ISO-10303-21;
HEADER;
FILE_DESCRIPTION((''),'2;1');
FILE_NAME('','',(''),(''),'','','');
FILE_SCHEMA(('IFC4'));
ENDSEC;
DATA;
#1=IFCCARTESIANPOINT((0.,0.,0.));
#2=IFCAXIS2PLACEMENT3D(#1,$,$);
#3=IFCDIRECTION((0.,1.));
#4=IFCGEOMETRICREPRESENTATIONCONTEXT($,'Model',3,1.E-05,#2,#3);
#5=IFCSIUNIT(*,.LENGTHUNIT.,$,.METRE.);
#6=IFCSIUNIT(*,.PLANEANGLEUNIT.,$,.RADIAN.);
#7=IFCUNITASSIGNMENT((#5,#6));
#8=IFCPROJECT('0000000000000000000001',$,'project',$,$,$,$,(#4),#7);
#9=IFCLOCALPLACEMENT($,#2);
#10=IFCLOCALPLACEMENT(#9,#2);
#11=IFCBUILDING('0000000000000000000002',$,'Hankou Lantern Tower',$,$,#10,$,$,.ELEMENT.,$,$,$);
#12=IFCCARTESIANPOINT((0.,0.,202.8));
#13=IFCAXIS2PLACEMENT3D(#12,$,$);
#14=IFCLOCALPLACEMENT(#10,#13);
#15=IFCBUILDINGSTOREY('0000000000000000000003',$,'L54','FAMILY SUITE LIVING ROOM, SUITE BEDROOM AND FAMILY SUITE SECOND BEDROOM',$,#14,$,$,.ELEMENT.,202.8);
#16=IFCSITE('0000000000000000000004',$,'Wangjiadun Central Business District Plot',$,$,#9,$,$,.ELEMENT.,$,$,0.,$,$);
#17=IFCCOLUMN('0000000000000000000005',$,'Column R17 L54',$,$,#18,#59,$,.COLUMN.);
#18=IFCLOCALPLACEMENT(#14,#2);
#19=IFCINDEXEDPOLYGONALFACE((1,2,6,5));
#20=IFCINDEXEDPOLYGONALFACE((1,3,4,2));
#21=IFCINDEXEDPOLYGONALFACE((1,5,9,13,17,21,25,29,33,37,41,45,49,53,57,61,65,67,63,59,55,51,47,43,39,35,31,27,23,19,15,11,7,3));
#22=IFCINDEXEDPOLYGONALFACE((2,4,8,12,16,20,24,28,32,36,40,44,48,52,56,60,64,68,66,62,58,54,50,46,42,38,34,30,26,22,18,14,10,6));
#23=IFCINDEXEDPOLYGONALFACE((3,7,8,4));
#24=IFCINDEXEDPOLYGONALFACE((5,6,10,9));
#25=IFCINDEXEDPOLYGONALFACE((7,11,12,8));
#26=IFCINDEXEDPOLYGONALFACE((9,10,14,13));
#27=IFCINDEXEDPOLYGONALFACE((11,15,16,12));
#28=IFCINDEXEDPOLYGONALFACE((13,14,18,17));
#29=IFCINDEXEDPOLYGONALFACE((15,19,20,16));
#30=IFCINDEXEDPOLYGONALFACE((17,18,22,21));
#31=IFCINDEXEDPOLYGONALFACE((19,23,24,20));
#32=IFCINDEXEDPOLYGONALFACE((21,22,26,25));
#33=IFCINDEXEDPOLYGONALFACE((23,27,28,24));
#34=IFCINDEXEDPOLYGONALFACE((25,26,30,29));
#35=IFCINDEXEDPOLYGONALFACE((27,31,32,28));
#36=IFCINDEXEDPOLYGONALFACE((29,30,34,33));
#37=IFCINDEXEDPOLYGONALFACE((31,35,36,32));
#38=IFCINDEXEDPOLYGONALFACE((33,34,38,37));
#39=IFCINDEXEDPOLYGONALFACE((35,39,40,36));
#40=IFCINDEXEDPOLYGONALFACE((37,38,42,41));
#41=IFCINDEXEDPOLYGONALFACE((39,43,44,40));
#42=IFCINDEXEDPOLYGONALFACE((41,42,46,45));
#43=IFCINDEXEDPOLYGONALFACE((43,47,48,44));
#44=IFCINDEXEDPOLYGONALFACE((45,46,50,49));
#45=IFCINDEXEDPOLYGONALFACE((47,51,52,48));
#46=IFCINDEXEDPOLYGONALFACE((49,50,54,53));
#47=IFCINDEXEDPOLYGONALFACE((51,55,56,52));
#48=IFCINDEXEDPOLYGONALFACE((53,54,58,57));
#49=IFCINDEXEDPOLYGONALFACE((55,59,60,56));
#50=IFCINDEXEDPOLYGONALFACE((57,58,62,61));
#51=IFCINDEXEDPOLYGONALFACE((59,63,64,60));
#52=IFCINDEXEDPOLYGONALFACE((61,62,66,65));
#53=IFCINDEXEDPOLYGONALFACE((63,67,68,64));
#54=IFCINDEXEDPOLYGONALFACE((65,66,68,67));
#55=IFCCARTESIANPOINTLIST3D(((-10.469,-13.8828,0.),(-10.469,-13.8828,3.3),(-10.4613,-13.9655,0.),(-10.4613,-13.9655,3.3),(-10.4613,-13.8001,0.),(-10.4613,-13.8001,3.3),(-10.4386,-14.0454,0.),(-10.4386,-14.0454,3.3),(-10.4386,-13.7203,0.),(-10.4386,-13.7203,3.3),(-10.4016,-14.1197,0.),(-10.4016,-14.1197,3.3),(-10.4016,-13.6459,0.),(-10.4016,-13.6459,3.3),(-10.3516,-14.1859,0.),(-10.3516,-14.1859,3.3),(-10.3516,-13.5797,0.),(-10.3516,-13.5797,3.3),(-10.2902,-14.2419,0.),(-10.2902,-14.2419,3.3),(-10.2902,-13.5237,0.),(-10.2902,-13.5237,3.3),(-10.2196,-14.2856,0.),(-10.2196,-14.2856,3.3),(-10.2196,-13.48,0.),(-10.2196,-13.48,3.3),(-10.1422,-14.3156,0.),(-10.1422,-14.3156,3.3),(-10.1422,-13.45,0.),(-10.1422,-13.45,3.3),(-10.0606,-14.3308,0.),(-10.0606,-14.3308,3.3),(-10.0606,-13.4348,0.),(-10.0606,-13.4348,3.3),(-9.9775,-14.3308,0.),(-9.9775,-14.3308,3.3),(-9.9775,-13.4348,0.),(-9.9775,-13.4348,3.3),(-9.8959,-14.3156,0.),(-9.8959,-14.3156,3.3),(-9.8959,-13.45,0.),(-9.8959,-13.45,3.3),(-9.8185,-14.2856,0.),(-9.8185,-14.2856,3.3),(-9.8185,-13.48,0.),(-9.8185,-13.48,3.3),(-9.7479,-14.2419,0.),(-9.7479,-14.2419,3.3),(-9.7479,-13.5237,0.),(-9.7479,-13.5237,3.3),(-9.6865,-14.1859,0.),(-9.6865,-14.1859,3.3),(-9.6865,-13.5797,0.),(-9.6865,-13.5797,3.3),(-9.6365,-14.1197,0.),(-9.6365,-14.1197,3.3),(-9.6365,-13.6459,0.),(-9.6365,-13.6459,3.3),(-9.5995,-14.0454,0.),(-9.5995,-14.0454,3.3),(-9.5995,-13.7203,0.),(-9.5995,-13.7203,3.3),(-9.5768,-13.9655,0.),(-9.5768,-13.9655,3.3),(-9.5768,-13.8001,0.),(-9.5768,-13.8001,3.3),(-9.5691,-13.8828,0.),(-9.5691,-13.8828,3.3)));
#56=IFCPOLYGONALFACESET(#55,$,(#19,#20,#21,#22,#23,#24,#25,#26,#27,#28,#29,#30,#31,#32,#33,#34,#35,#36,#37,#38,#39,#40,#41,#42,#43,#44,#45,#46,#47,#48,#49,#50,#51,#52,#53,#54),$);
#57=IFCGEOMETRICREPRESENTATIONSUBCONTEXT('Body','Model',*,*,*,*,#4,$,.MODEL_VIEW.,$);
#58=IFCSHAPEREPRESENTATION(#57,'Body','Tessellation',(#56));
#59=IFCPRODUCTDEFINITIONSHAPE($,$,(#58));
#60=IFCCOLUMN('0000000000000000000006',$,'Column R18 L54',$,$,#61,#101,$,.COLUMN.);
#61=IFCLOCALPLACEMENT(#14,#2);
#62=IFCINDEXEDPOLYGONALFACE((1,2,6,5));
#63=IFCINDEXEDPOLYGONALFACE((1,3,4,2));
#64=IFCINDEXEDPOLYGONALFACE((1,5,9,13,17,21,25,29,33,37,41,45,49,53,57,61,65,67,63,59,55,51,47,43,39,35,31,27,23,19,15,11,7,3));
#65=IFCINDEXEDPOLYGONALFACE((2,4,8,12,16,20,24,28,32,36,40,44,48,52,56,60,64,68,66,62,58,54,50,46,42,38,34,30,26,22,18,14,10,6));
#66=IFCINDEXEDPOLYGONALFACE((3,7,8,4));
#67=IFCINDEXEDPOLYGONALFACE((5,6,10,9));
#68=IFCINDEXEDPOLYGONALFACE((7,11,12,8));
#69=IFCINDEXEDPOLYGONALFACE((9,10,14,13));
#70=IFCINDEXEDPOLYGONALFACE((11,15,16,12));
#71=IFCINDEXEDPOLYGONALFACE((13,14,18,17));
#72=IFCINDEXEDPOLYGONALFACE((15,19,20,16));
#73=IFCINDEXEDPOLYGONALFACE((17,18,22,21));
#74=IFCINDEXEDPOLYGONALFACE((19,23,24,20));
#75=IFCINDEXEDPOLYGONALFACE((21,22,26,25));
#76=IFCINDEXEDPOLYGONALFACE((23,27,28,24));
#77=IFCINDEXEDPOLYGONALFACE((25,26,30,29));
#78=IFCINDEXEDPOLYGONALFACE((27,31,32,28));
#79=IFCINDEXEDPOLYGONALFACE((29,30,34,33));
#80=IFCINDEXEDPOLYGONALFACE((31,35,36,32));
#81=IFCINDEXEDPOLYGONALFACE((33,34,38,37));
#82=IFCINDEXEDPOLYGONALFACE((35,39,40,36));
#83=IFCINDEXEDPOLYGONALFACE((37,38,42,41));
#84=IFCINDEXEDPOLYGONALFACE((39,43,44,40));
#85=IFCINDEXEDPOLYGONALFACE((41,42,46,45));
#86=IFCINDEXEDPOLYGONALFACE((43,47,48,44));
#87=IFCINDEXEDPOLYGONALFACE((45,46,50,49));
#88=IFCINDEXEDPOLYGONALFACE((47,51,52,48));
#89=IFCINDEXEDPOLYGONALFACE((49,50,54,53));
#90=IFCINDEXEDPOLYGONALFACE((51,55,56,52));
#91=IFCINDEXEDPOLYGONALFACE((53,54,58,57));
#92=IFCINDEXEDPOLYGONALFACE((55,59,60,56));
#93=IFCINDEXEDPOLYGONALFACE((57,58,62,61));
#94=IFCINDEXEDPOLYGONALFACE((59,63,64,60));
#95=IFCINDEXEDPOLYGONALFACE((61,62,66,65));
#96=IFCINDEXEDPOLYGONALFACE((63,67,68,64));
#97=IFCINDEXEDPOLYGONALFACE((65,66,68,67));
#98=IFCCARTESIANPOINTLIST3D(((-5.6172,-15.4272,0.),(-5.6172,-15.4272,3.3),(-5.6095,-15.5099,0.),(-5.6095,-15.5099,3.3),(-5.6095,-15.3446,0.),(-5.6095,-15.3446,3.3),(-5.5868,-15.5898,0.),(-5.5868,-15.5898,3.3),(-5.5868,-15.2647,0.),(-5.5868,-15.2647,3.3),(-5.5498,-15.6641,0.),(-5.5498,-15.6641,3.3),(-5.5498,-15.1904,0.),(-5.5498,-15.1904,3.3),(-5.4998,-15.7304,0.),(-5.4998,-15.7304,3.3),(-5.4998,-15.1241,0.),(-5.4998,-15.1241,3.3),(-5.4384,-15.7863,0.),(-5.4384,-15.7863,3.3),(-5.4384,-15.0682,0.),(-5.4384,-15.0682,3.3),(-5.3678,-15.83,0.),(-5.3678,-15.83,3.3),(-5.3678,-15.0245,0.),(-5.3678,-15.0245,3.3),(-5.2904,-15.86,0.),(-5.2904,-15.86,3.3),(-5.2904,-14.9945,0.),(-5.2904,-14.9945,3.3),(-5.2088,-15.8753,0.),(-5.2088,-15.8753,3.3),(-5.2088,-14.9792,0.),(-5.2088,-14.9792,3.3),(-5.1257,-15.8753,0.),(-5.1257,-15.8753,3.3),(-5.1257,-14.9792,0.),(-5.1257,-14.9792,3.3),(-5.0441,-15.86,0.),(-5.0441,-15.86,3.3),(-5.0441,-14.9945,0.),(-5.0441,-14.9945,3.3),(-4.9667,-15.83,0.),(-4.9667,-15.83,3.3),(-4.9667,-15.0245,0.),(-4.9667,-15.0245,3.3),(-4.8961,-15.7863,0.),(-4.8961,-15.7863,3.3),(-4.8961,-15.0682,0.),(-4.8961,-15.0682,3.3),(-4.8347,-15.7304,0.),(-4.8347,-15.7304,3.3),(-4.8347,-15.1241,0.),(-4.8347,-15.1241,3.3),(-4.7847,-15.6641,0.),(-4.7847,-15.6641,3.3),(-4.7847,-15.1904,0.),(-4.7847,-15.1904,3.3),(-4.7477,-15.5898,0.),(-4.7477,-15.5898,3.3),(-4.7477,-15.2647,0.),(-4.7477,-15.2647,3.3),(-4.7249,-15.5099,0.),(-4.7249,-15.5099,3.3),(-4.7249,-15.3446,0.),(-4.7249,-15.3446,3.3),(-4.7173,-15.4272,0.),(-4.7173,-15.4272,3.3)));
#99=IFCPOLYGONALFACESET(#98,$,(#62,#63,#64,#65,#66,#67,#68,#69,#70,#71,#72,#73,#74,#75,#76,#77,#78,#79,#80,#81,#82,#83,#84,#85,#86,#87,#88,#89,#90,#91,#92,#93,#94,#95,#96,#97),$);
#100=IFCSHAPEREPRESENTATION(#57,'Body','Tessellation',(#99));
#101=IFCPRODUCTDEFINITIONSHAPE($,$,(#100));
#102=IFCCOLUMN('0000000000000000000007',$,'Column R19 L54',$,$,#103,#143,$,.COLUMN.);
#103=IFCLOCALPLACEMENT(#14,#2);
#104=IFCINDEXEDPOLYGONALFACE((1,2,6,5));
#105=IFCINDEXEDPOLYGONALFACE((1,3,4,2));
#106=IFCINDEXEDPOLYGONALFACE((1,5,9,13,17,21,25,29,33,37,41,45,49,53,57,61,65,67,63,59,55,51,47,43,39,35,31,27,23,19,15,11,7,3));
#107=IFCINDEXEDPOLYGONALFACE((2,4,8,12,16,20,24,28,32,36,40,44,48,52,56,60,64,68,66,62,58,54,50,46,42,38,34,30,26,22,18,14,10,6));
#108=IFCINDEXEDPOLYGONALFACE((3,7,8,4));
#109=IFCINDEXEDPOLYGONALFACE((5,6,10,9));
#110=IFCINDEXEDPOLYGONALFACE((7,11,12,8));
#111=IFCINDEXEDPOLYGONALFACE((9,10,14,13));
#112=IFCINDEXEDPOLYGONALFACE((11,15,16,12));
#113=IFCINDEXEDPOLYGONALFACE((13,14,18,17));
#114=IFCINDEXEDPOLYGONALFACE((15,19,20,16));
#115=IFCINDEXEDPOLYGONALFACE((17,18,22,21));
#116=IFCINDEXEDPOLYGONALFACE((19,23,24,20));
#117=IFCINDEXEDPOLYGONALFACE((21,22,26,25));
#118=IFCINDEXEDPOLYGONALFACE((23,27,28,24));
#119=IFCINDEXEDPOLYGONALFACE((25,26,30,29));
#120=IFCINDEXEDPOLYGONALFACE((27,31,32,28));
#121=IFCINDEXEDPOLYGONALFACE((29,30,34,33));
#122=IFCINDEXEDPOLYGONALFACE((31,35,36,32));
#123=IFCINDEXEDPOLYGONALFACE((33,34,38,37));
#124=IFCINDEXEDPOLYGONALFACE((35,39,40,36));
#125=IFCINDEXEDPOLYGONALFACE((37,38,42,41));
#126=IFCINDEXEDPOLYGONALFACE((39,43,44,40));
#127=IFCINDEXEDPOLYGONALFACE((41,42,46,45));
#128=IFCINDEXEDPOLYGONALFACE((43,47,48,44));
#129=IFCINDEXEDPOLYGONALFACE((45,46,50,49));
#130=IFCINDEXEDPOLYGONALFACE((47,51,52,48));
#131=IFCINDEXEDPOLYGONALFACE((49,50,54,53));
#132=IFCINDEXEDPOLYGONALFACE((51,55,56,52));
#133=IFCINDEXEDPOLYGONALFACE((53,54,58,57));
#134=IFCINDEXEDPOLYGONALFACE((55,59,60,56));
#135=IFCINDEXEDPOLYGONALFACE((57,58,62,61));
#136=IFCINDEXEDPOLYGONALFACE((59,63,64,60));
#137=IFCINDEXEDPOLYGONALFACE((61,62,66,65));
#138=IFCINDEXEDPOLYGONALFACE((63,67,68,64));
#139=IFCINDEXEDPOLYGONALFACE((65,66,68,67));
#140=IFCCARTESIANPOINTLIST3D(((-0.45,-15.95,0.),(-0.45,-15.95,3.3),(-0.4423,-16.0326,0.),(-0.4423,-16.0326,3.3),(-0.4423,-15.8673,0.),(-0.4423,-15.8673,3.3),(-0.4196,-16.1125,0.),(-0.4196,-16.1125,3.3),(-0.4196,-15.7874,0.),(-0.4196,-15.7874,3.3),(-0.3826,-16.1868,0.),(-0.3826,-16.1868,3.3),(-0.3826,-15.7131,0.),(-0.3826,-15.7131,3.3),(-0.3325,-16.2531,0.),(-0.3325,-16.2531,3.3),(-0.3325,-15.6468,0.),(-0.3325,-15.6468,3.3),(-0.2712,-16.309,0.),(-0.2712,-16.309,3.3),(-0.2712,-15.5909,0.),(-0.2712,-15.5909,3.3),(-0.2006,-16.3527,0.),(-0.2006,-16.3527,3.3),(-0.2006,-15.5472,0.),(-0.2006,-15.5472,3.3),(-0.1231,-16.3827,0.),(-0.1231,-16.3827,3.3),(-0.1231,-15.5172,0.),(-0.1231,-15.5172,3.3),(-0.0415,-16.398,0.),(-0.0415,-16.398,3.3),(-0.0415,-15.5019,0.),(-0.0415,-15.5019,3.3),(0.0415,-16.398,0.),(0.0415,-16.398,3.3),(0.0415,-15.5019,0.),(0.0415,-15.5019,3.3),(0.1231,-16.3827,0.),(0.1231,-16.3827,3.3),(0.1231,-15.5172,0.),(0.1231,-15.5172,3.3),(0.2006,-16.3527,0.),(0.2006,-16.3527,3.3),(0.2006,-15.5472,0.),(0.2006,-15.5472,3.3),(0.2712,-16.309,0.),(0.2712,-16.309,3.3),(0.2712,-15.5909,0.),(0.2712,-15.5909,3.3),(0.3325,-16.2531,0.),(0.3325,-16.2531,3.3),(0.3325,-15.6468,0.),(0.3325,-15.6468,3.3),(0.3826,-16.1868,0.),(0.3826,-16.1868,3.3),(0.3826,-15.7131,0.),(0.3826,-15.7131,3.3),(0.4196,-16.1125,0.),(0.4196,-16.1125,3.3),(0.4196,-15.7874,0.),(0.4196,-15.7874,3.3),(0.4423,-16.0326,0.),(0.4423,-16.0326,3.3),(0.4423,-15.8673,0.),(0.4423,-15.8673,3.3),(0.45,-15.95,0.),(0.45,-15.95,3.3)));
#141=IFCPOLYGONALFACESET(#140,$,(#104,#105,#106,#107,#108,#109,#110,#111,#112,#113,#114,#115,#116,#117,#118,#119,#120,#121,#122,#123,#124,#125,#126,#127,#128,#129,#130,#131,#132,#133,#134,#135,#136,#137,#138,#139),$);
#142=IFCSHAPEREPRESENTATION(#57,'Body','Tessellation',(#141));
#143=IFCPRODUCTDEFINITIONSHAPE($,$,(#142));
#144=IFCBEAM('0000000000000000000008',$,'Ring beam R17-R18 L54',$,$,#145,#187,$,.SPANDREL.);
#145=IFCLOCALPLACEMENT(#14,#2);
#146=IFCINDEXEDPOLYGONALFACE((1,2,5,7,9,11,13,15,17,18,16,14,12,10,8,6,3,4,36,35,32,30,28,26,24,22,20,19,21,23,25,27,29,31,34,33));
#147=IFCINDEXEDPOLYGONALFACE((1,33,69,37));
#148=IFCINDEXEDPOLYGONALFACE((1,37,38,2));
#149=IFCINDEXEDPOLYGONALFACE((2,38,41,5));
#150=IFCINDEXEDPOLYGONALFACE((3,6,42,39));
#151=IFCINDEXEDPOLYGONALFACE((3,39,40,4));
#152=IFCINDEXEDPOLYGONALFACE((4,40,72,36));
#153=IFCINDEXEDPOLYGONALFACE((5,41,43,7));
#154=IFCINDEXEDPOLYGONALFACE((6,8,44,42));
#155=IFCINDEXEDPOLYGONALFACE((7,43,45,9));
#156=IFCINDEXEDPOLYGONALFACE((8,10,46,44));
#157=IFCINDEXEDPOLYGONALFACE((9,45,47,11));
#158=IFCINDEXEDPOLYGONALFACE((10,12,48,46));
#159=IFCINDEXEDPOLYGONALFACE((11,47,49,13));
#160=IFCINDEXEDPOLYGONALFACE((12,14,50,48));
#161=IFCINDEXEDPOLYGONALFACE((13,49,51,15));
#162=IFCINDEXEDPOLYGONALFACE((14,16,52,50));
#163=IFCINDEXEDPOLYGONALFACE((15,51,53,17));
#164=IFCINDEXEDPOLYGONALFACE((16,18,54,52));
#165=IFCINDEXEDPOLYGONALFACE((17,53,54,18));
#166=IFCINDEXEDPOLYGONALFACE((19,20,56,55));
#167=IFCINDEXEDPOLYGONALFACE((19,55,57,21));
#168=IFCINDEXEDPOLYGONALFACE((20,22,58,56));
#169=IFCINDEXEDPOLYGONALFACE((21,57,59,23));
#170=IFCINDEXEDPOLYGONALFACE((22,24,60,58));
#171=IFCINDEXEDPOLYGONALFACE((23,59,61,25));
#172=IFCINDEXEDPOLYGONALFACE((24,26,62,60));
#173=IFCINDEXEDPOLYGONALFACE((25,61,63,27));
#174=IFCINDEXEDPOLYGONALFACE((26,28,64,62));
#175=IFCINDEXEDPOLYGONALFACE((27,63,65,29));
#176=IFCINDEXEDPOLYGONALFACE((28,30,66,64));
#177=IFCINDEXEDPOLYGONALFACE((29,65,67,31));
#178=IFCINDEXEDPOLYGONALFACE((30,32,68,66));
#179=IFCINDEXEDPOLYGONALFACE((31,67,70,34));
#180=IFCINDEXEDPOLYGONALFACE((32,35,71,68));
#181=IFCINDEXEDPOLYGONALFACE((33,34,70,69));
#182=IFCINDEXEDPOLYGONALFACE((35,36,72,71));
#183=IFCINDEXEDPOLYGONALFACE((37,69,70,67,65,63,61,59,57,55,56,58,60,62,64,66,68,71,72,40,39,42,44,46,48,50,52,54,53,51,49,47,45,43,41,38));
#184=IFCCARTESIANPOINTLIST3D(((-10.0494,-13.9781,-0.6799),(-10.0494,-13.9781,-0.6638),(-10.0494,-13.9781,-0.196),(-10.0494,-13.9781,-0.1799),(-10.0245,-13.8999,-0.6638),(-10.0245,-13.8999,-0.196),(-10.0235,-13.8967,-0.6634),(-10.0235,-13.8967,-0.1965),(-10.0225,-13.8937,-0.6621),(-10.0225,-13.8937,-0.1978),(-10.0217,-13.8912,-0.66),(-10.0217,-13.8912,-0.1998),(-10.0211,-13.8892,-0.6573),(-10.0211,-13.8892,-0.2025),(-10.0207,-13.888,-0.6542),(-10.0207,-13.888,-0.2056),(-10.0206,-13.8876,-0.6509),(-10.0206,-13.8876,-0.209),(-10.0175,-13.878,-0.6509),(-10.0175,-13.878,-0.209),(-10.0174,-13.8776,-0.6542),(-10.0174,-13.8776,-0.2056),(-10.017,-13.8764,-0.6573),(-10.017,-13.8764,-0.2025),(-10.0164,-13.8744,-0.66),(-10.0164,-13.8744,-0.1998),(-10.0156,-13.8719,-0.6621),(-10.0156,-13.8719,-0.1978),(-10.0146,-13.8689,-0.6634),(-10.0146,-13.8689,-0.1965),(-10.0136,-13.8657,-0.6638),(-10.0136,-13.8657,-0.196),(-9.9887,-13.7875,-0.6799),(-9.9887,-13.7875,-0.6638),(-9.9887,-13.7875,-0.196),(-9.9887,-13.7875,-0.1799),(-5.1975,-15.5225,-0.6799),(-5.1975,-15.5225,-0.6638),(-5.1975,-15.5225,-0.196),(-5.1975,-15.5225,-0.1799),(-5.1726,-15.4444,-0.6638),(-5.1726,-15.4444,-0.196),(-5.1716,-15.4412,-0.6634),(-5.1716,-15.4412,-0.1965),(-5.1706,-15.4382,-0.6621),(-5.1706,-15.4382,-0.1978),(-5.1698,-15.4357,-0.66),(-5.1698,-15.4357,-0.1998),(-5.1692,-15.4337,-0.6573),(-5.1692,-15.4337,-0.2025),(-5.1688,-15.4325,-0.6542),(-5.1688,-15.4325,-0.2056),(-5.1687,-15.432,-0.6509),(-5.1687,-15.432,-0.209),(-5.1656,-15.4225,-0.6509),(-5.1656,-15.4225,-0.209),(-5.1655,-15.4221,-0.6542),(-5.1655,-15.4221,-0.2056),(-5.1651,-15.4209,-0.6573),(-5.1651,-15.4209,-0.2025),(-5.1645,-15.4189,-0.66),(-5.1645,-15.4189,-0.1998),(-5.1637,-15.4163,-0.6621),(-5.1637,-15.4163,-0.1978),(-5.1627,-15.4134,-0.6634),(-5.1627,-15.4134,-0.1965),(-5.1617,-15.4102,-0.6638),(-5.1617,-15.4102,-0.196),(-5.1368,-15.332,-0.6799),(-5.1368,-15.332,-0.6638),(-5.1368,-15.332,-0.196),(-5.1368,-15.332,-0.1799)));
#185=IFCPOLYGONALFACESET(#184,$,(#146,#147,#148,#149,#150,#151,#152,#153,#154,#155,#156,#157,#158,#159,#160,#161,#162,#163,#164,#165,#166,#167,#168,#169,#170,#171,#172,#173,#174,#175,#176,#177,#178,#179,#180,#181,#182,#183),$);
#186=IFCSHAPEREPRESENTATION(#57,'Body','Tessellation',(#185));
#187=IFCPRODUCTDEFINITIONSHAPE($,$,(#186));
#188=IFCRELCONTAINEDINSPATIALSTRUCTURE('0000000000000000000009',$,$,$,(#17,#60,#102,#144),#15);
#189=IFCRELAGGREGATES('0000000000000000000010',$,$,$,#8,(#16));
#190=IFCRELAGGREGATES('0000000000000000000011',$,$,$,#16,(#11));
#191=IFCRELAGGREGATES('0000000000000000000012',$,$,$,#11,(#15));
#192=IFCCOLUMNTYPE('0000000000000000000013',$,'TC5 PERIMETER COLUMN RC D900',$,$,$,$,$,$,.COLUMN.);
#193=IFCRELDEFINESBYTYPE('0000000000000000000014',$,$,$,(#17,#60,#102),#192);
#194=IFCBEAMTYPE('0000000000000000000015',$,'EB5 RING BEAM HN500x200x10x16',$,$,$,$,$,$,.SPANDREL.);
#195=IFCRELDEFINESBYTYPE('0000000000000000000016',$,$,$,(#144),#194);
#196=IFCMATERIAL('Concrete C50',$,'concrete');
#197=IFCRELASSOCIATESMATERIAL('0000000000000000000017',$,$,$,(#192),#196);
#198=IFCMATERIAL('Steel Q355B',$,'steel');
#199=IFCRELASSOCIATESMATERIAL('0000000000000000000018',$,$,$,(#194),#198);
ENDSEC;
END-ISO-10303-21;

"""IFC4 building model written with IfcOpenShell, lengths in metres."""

from ifc_helpers import new_model, si_unit, direction, frame, origin, origin_2d, place, context, subcontext, project, spatial, circle, i_section, extrude, material, material_profile, profile_set, type_object, element, save


model = new_model("IFC4")

# Units and contexts
model_context = context("Model", 3, precision=1e-05, world=origin(), true_north=direction((0.0, 1.0)))
body_context = subcontext(model_context, "Body", "Model", "MODEL_VIEW")
ifc_project = project(units=[si_unit("LENGTHUNIT", "METRE"), si_unit("PLANEANGLEUNIT", "RADIAN")], contexts=[model_context])

# Site, building, storey
site_placement = place(None, origin())
site = spatial("IfcSite", under=ifc_project, at=site_placement, Name="Wangjiadun Central Business District Plot", CompositionType="ELEMENT", RefElevation=0.0)
building_placement = place(site_placement, origin())
building = spatial("IfcBuilding", under=site, at=building_placement, Name="Hankou Lantern Tower", CompositionType="ELEMENT")
storey_placement = place(building_placement, frame((0.0, 0.0, 202.8)))
storey = spatial("IfcBuildingStorey", under=building, at=storey_placement, Name="L54", Description="FAMILY SUITE LIVING ROOM, SUITE BEDROOM AND FAMILY SUITE SECOND BEDROOM", CompositionType="ELEMENT", Elevation=202.8)

# Columns
ifc_material_1 = material(Name="Concrete C50", Category="concrete")
ifc_material_profile_1 = material_profile(ifc_material_1, circle(Radius=0.45, at=origin_2d()), Name="RC D900")
ifc_profile_set_1 = profile_set([ifc_material_profile_1], Name="Concrete C50")
column_type = type_object("IfcColumnType", Name="TC5 PERIMETER COLUMN RC D900", PredefinedType="COLUMN", material=ifc_profile_set_1)
for number, where, z_axis, x_axis, name in (
    (1, (-10.019, -13.8828, 0.0), (0.0, 0.0, 1.0), (1.0, 0.0, 0.0), "Column R17 L54"),
    (2, (-5.1672, -15.4272, 0.0), (0.0, 0.0, 1.0), (1.0, 0.0, 0.0), "Column R18 L54"),
    (3, (0.0, -15.95, 0.0), (0.0, 0.0, 1.0), (1.0, 0.0, 0.0), "Column R19 L54"),
):
    element("IfcColumn", number, at=place(storey_placement, frame(where, z_axis=z_axis, x_axis=x_axis)), inside=storey, type_object=column_type, Name=name, PredefinedType="COLUMN", context=body_context, shape_type="SweptSolid", body=[
        extrude(circle(Radius=0.45, at=origin_2d()), origin(), (0.0, 0.0, 1.0), 3.3),
    ])

# Beam
ifc_material_2 = material(Name="Steel Q355B", Category="steel")
ifc_material_profile_2 = material_profile(ifc_material_2, i_section(OverallWidth=0.2, OverallDepth=0.5, WebThickness=0.01, FlangeThickness=0.0161, FilletRadius=0.0129, at=origin_2d()), Name="HN500x200x10x16")
ifc_profile_set_2 = profile_set([ifc_material_profile_2], Name="Steel Q355B")
beam_type_1 = type_object("IfcBeamType", Name="EB5 RING BEAM HN500x200x10x16", PredefinedType="SPANDREL", material=ifc_profile_set_2)
beam_1_placement = place(storey_placement, frame((-10.019, -13.8828, -0.4299), z_axis=(0.952887, -0.303324, 0.0), x_axis=(0.303324, 0.952887, 0.0)))
element("IfcBeam", 4, at=beam_1_placement, inside=storey, type_object=beam_type_1, Name="Ring beam R17-R18 L54", PredefinedType="SPANDREL", context=body_context, shape_type="SweptSolid", body=[
    extrude(i_section(OverallWidth=0.2, OverallDepth=0.5, WebThickness=0.01, FlangeThickness=0.0161, FilletRadius=0.0129, at=origin_2d()), origin(), (0.0, 0.0, 1.0), 5.0918),
])

save(model, "model.ifc")
